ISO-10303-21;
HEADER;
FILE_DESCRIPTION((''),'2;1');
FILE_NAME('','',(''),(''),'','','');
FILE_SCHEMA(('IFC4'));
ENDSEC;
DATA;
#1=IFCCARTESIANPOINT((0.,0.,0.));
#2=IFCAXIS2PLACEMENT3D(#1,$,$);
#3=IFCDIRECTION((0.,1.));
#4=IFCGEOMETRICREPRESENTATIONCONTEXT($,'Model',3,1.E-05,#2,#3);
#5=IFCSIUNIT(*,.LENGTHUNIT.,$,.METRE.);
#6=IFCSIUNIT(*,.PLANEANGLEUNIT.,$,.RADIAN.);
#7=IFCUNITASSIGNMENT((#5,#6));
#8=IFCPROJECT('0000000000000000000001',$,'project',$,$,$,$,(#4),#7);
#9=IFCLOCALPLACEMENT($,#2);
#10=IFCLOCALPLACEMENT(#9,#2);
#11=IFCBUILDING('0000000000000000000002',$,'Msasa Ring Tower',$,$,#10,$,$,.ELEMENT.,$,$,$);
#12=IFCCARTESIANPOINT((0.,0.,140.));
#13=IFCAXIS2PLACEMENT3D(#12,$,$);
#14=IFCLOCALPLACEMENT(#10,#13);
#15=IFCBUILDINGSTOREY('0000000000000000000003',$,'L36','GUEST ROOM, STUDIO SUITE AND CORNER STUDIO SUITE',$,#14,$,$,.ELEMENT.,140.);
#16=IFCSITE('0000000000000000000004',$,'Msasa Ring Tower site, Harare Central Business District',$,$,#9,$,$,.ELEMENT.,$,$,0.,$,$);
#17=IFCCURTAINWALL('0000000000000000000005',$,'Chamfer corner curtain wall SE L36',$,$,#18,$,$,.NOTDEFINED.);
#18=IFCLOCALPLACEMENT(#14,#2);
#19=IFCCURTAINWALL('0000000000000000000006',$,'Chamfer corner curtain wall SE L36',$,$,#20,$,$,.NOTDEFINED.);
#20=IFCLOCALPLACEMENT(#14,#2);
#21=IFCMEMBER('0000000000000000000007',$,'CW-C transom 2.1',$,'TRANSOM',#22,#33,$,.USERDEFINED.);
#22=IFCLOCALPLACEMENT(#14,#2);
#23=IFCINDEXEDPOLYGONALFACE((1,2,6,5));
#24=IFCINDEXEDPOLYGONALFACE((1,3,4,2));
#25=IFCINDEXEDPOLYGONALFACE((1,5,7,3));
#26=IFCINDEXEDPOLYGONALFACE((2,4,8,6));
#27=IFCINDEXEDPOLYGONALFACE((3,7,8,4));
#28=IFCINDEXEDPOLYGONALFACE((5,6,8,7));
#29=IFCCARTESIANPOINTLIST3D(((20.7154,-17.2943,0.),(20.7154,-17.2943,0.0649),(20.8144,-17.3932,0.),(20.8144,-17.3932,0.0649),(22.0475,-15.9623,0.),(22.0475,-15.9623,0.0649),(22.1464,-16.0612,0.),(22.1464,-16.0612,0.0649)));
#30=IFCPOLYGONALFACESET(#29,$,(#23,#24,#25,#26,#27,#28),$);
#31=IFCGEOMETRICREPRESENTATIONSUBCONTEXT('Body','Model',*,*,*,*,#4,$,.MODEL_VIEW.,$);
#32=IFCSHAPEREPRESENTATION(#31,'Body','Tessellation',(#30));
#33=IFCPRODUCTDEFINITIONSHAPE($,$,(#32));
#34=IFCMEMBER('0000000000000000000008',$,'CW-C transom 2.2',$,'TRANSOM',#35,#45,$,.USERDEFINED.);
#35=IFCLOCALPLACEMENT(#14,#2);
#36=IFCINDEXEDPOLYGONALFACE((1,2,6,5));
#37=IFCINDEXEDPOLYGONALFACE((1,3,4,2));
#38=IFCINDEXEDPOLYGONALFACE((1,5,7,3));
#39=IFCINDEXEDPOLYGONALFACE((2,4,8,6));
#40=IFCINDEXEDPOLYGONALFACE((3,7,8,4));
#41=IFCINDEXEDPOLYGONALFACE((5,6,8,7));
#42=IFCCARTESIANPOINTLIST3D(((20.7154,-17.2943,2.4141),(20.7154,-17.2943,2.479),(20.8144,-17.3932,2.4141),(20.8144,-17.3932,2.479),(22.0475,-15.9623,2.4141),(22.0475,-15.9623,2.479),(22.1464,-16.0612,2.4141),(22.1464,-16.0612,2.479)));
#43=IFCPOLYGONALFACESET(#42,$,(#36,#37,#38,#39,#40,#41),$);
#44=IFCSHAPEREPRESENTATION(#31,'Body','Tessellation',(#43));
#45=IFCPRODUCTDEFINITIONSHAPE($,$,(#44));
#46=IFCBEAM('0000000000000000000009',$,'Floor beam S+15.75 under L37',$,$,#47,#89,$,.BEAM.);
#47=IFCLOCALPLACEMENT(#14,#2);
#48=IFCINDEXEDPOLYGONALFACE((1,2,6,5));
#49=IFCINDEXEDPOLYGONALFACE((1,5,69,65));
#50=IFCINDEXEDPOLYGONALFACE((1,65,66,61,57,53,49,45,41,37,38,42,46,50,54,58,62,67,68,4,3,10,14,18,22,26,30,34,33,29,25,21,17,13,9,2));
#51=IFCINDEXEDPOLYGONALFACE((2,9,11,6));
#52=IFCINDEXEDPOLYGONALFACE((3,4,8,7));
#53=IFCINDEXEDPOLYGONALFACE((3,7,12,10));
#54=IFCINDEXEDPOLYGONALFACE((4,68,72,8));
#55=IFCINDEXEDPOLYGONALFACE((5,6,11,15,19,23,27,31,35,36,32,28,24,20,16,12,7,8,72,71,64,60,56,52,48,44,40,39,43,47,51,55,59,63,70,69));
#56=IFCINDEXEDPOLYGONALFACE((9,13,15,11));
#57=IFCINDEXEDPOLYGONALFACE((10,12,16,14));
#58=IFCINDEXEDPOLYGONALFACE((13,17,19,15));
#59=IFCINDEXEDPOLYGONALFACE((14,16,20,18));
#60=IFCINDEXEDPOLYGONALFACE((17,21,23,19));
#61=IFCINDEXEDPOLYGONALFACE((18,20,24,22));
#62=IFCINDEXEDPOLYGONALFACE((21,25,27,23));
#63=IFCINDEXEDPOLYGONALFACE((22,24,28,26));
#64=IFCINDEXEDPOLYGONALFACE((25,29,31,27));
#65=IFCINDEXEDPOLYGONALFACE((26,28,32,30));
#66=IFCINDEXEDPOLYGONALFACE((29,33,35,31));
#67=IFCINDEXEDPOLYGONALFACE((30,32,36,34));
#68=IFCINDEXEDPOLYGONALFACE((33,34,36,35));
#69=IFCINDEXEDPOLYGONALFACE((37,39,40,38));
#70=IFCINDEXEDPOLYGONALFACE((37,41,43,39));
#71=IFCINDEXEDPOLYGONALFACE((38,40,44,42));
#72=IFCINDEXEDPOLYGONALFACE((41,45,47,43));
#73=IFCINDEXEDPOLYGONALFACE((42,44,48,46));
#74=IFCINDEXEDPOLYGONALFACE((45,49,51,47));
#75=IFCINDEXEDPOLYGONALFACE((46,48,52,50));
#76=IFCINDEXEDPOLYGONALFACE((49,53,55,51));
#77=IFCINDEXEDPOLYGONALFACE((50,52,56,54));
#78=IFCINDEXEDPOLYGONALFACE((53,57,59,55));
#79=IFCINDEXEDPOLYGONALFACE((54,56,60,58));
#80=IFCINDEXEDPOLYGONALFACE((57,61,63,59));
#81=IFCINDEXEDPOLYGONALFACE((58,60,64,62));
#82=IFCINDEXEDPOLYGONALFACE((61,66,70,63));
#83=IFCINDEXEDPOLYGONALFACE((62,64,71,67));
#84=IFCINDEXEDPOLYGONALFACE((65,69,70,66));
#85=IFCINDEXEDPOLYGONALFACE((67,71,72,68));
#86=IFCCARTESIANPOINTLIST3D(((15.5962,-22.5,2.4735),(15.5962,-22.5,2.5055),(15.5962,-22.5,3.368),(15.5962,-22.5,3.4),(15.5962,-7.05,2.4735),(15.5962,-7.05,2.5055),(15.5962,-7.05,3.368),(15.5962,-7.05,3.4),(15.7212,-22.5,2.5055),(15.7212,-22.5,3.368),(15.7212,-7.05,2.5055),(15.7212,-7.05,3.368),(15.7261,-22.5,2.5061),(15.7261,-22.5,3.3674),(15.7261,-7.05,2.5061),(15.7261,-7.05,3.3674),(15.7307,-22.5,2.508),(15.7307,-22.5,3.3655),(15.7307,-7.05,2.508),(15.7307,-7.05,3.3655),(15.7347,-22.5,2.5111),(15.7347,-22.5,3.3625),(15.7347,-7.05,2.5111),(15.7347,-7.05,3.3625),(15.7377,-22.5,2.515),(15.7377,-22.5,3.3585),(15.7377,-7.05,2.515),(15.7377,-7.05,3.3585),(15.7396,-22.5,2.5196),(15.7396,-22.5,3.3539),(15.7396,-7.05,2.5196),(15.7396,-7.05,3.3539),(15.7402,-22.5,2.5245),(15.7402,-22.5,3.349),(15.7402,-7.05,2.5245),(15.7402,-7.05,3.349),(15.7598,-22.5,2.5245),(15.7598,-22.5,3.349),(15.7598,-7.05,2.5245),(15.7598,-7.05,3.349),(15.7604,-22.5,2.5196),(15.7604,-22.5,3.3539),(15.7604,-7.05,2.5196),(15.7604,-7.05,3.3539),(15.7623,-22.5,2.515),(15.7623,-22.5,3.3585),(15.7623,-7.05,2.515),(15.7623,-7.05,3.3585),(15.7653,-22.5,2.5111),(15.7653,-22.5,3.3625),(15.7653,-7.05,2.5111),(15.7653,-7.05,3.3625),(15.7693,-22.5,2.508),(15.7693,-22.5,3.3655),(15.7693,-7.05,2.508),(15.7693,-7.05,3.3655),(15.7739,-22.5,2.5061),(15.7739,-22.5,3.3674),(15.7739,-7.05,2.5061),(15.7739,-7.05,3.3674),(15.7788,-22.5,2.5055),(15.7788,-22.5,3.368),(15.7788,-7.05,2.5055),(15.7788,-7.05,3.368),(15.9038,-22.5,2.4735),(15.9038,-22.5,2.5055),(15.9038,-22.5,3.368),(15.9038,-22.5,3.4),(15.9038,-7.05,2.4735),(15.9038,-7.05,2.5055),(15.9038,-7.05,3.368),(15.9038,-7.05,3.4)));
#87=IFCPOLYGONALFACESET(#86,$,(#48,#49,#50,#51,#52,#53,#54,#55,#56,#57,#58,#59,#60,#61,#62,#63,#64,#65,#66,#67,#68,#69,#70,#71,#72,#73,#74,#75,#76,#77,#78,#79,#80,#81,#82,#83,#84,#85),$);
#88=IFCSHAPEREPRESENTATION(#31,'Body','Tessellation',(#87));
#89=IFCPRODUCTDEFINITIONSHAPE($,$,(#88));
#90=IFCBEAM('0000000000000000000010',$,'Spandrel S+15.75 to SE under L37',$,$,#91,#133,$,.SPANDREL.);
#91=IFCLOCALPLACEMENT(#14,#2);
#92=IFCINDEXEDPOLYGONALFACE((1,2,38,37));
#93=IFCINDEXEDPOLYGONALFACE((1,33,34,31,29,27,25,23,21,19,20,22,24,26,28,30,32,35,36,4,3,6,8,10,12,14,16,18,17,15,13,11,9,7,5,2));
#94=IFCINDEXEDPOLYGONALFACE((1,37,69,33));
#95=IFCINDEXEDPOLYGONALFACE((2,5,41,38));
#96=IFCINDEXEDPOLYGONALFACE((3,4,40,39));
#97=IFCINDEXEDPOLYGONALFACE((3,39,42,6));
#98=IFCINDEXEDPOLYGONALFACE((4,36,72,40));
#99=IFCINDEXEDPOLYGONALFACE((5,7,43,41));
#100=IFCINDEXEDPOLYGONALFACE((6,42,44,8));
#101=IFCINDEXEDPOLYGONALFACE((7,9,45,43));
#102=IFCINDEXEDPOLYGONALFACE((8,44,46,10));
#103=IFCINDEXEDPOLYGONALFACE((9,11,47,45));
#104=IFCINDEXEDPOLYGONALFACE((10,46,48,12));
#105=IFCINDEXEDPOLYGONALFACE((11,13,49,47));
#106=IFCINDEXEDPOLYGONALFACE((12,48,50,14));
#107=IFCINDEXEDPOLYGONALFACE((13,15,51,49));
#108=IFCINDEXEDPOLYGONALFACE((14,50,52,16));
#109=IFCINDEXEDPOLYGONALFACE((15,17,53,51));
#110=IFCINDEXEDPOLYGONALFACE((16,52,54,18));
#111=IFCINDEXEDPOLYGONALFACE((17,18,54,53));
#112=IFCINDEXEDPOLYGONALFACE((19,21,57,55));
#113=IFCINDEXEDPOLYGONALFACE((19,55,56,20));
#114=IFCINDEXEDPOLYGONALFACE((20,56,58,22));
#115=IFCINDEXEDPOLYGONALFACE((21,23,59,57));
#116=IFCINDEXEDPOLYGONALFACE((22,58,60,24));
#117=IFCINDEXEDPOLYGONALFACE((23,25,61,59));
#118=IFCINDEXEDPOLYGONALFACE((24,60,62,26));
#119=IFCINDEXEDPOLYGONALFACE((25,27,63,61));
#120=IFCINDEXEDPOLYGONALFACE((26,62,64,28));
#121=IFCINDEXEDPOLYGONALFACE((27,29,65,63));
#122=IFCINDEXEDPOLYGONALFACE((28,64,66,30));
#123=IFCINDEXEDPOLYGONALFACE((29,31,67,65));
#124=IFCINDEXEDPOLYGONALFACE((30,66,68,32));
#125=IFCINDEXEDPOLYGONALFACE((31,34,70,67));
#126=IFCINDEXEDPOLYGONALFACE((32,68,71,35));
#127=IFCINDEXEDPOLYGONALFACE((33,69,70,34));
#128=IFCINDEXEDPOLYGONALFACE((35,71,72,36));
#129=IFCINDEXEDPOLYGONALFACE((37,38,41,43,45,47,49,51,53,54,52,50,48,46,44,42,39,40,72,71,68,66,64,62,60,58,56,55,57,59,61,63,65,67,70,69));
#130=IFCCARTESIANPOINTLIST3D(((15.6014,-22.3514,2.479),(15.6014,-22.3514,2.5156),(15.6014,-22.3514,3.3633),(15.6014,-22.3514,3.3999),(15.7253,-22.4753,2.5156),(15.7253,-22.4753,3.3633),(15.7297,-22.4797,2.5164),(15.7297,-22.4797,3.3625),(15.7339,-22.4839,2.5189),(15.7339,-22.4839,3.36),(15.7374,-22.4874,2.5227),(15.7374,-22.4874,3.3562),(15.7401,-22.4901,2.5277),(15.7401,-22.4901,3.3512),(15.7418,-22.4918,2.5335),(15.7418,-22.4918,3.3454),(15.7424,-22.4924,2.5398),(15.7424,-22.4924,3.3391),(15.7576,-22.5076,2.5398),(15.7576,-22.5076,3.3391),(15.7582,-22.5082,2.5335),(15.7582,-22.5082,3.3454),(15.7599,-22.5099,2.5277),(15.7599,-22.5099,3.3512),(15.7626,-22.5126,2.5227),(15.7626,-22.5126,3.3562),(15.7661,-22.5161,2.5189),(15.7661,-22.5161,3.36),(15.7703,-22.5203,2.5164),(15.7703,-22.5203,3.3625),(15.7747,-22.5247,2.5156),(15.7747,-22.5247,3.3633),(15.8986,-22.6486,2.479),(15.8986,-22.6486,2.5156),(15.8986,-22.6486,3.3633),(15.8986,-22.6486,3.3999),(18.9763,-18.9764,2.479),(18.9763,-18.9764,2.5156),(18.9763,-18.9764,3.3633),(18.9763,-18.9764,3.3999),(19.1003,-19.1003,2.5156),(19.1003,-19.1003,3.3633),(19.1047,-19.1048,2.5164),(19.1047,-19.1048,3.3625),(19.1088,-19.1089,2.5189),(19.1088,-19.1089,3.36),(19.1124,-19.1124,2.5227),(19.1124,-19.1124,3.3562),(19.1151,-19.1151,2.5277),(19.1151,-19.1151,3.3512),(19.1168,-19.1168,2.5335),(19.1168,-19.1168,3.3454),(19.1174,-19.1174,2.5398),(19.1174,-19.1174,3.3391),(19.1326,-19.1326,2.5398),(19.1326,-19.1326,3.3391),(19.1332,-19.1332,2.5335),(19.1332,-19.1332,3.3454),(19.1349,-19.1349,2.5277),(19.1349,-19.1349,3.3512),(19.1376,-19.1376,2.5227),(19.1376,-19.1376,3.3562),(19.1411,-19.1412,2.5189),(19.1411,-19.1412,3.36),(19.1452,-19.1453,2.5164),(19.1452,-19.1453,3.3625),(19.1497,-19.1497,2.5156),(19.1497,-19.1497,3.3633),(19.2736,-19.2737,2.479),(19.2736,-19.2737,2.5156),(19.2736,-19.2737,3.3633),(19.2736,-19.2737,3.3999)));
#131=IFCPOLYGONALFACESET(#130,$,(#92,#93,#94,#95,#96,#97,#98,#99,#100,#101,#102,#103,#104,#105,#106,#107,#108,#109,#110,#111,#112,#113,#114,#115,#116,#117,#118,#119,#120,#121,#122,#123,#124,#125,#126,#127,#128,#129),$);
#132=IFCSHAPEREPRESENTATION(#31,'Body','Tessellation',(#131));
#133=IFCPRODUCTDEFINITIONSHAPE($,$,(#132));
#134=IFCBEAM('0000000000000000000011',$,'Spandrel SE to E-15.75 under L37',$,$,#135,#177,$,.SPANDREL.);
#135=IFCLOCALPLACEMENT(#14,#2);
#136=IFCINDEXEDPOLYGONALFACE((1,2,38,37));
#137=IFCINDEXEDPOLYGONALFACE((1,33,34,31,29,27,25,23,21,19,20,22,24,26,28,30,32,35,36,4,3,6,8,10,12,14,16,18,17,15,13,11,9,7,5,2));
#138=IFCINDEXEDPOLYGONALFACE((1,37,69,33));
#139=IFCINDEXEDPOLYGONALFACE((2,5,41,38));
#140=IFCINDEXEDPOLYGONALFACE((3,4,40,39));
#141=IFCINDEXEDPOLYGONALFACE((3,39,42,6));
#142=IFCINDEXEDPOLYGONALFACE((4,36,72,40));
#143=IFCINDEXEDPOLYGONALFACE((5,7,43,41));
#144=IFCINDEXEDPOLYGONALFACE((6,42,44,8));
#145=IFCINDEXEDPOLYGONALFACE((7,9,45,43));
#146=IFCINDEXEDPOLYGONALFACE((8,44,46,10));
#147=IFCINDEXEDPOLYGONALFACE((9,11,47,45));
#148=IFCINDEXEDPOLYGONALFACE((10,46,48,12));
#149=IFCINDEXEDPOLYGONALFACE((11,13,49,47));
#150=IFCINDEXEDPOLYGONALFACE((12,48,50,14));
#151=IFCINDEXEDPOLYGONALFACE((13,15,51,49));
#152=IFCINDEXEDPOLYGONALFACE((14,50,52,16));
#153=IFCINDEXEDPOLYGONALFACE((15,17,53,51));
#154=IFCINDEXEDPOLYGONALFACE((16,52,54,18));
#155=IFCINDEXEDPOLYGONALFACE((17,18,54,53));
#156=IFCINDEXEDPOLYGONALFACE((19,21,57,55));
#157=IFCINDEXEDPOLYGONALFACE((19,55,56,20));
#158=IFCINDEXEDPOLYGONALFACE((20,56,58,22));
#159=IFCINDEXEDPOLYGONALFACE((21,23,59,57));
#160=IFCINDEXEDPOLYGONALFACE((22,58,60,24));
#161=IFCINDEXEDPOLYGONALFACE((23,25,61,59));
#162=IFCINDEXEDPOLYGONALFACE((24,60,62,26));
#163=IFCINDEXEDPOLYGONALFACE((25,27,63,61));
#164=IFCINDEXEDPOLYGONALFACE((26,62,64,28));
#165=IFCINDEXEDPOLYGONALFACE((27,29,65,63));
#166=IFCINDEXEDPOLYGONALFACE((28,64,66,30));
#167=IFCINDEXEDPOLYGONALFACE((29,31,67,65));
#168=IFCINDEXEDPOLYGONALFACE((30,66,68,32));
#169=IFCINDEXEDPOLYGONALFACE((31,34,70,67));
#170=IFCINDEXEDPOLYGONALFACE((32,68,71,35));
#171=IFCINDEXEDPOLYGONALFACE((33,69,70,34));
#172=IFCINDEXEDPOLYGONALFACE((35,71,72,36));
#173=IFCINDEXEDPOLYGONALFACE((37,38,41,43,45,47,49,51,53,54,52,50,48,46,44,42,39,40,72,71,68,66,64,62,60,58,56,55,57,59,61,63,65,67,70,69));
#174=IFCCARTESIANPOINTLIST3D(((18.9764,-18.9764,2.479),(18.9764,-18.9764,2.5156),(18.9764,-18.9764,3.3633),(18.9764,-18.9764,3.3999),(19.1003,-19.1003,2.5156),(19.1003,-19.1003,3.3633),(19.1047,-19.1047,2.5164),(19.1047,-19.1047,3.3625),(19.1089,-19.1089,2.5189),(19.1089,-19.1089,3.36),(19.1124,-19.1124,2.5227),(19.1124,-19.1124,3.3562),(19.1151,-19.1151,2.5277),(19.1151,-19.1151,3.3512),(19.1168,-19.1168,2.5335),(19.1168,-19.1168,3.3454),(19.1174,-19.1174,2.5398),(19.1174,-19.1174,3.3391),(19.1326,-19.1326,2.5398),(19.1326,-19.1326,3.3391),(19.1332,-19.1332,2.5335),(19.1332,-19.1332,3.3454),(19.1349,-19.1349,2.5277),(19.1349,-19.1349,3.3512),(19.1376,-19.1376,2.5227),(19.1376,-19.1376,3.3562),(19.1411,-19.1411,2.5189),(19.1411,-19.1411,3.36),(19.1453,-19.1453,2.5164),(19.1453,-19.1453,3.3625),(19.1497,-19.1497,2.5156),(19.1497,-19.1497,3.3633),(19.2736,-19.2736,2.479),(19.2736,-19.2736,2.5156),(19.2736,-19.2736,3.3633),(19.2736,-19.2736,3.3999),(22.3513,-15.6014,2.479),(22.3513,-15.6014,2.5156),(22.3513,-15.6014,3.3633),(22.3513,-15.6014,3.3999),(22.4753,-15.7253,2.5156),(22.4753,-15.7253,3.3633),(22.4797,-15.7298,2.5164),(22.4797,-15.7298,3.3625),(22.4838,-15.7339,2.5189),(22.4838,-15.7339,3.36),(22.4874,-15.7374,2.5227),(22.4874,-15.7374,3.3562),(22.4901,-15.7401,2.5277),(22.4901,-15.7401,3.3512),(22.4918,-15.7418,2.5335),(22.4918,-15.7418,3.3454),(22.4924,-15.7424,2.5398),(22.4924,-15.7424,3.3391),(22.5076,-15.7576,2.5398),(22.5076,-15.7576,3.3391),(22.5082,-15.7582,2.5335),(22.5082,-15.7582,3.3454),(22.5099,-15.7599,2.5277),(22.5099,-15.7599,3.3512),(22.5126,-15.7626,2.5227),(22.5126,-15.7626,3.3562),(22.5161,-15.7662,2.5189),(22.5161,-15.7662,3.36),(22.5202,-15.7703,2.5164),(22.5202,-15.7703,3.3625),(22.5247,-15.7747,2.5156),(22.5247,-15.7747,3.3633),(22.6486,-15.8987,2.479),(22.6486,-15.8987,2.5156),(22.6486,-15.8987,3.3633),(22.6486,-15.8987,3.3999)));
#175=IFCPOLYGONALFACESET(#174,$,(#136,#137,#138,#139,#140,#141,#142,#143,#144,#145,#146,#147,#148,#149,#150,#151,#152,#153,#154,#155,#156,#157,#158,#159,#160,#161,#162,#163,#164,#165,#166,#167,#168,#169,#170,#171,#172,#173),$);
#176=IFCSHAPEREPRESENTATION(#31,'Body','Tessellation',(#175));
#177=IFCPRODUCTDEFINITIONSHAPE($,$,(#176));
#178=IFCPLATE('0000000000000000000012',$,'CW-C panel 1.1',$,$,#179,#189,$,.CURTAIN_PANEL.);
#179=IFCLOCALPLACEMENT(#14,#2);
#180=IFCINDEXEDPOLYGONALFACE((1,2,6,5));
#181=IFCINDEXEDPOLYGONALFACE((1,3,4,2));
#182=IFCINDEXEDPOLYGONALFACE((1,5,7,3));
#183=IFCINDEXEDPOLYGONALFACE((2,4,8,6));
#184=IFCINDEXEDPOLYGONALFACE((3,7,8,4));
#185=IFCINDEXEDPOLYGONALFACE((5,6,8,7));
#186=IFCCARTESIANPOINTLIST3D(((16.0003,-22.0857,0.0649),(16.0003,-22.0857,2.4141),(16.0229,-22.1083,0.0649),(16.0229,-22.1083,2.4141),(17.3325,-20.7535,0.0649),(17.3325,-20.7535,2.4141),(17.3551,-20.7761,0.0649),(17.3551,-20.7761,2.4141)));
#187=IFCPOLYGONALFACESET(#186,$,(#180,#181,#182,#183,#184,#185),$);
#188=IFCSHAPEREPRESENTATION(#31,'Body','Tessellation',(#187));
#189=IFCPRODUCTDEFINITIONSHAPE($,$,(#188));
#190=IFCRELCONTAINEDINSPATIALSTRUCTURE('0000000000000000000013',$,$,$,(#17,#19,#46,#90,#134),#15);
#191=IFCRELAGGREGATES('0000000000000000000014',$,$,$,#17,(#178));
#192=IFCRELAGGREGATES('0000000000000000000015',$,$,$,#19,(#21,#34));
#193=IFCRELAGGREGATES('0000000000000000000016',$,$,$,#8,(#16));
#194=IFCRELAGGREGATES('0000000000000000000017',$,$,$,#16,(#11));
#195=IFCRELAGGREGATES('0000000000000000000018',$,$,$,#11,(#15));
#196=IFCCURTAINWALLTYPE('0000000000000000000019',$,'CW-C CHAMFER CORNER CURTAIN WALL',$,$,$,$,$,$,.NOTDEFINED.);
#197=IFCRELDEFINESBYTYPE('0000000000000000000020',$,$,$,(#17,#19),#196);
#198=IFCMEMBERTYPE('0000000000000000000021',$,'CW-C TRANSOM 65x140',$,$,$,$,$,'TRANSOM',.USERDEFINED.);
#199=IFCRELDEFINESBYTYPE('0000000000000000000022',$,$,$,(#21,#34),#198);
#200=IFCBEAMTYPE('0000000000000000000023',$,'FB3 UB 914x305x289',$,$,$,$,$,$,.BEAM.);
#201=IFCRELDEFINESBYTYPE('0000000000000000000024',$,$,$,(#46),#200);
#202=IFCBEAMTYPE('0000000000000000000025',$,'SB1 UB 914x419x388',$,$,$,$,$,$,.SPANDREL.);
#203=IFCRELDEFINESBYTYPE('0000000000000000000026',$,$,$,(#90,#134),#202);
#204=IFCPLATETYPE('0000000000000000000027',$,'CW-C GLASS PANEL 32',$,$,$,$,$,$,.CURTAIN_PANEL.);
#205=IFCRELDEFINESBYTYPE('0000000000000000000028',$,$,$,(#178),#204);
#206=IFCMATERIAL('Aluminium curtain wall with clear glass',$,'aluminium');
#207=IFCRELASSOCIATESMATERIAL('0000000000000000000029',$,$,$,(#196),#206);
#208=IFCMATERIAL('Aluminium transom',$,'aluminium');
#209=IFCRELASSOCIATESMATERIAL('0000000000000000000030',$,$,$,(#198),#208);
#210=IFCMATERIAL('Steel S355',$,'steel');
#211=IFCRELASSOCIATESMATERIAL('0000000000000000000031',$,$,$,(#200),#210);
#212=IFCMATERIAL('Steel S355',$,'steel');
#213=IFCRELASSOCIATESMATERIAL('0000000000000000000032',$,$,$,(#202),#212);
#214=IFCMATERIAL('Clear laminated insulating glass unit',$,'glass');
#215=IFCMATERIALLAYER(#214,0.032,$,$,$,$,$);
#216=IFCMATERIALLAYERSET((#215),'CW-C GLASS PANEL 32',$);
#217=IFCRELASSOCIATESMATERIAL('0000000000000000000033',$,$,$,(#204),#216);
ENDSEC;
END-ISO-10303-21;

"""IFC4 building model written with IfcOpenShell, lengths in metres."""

from ifc_helpers import new_model, si_unit, direction, frame, origin, origin_2d, place, context, subcontext, project, spatial, rectangle, i_section, extrude, material, layer, layer_set, material_profile, profile_set, type_object, element, aggregate, save


model = new_model("IFC4")

# Units and contexts
model_context = context("Model", 3, precision=1e-05, world=origin(), true_north=direction((0.0, 1.0)))
body_context = subcontext(model_context, "Body", "Model", "MODEL_VIEW")
ifc_project = project(units=[si_unit("LENGTHUNIT", "METRE"), si_unit("PLANEANGLEUNIT", "RADIAN")], contexts=[model_context])

# Site, building, storey
site_placement = place(None, origin())
site = spatial("IfcSite", under=ifc_project, at=site_placement, Name="Msasa Ring Tower site, Harare Central Business District", CompositionType="ELEMENT", RefElevation=0.0)
building_placement = place(site_placement, origin())
building = spatial("IfcBuilding", under=site, at=building_placement, Name="Msasa Ring Tower", CompositionType="ELEMENT")
storey_placement = place(building_placement, frame((0.0, 0.0, 140.0)))
storey = spatial("IfcBuildingStorey", under=building, at=storey_placement, Name="L36", Description="GUEST ROOM, STUDIO SUITE AND CORNER STUDIO SUITE", CompositionType="ELEMENT", Elevation=140.0)

# Curtain walls
ifc_material_1 = material(Name="Aluminium curtain wall with clear glass", Category="aluminium")
curtain_wall_type = type_object("IfcCurtainWallType", Name="CW-C CHAMFER CORNER CURTAIN WALL", PredefinedType="NOTDEFINED", material=ifc_material_1)
curtain_wall_1_placement = place(storey_placement, origin())
curtain_wall_1 = element("IfcCurtainWall", 1, at=curtain_wall_1_placement, inside=storey, type_object=curtain_wall_type, Name="Chamfer corner curtain wall SE L36", PredefinedType="NOTDEFINED")
curtain_wall_2_placement = place(storey_placement, origin())
curtain_wall_2 = element("IfcCurtainWall", 2, at=curtain_wall_2_placement, inside=storey, type_object=curtain_wall_type, Name="Chamfer corner curtain wall SE L36", PredefinedType="NOTDEFINED")

# Members
ifc_material_2 = material(Name="Aluminium transom", Category="aluminium")
ifc_material_profile_1 = material_profile(ifc_material_2, rectangle(XDim=0.1399, YDim=0.0649, at=origin_2d()), Name="AL 65x140")
ifc_profile_set_1 = profile_set([ifc_material_profile_1], Name="Aluminium transom")
member_type_1 = type_object("IfcMemberType", Name="CW-C TRANSOM 65x140", ElementType="TRANSOM", PredefinedType="USERDEFINED", material=ifc_profile_set_1)
member_1_placement = place(storey_placement, frame((20.7649, -17.3438, 0.0325), z_axis=(0.707107, 0.707107, 0.0), x_axis=(-0.707107, 0.707107, 0.0)))
member_1 = element("IfcMember", 3, at=member_1_placement, type_object=member_type_1, Name="CW-C transom 2.1", ObjectType="TRANSOM", PredefinedType="USERDEFINED", context=body_context, shape_type="SweptSolid", body=[
    extrude(rectangle(XDim=0.1399, YDim=0.0649, at=origin_2d()), origin(), (0.0, 0.0, 1.0), 1.8838),
])
member_2_placement = place(storey_placement, frame((20.7649, -17.3438, 2.4465), z_axis=(0.707107, 0.707107, 0.0), x_axis=(-0.707107, 0.707107, 0.0)))
member_2 = element("IfcMember", 4, at=member_2_placement, type_object=member_type_1, Name="CW-C transom 2.2", ObjectType="TRANSOM", PredefinedType="USERDEFINED", context=body_context, shape_type="SweptSolid", body=[
    extrude(rectangle(XDim=0.1399, YDim=0.0649, at=origin_2d()), origin(), (0.0, 0.0, 1.0), 1.8838),
])

# Beams
ifc_material_3 = material(Name="Steel S355", Category="steel")
ifc_material_profile_2 = material_profile(ifc_material_3, i_section(OverallWidth=0.3076, OverallDepth=0.9265, WebThickness=0.0195, FlangeThickness=0.032, FilletRadius=0.019, at=origin_2d()), Name="UB 914x305x289")
ifc_profile_set_2 = profile_set([ifc_material_profile_2], Name="Steel S355")
beam_type_1 = type_object("IfcBeamType", Name="FB3 UB 914x305x289", PredefinedType="BEAM", material=ifc_profile_set_2)
beam_placement = place(storey_placement, frame((15.75, -22.5, 2.9368), z_axis=(0.0, 1.0, 0.0), x_axis=(-1.0, 0.0, 0.0)))
element("IfcBeam", 5, at=beam_placement, inside=storey, type_object=beam_type_1, Name="Floor beam S+15.75 under L37", PredefinedType="BEAM", context=body_context, shape_type="SweptSolid", body=[
    extrude(i_section(OverallWidth=0.3076, OverallDepth=0.9265, WebThickness=0.0195, FlangeThickness=0.032, FilletRadius=0.019, at=origin_2d()), origin(), (0.0, 0.0, 1.0), 15.45),
])
ifc_material_4 = material(Name="Steel S355", Category="steel")
ifc_material_profile_3 = material_profile(ifc_material_4, i_section(OverallWidth=0.4204, OverallDepth=0.9209, WebThickness=0.0215, FlangeThickness=0.0366, FilletRadius=0.0242, at=origin_2d()), Name="UB 914x419x388")
ifc_profile_set_3 = profile_set([ifc_material_profile_3], Name="Steel S355")
beam_type_2 = type_object("IfcBeamType", Name="SB1 UB 914x419x388", PredefinedType="SPANDREL", material=ifc_profile_set_3)
for number, where, z_axis, x_axis, name in (
    (6, (15.75, -22.5, 2.9395), (0.707107, 0.707107, 0.0), (-0.707107, 0.707107, 0.0), "Spandrel S+15.75 to SE under L37"),
    (7, (19.125, -19.125, 2.9395), (0.707107, 0.707107, 0.0), (-0.707107, 0.707107, 0.0), "Spandrel SE to E-15.75 under L37"),
):
    element("IfcBeam", number, at=place(storey_placement, frame(where, z_axis=z_axis, x_axis=x_axis)), inside=storey, type_object=beam_type_2, Name=name, PredefinedType="SPANDREL", context=body_context, shape_type="SweptSolid", body=[
        extrude(i_section(OverallWidth=0.4204, OverallDepth=0.9209, WebThickness=0.0215, FlangeThickness=0.0366, FilletRadius=0.0242, at=origin_2d()), origin(), (0.0, 0.0, 1.0), 4.7729),
    ])

# Plate
ifc_material_5 = material(Name="Clear laminated insulating glass unit", Category="glass")
ifc_layer_1 = layer(ifc_material_5, 0.032)
ifc_layer_set_1 = layer_set([ifc_layer_1], Name="CW-C GLASS PANEL 32")
plate_type = type_object("IfcPlateType", Name="CW-C GLASS PANEL 32", PredefinedType="CURTAIN_PANEL", material=ifc_layer_set_1)
plate_1_placement = place(storey_placement, frame((16.6777, -21.4309, 0.0649), z_axis=(0.0, 0.0, 1.0), x_axis=(0.707107, 0.707107, 0.0)))
plate_1 = element("IfcPlate", 8, at=plate_1_placement, type_object=plate_type, Name="CW-C panel 1.1", PredefinedType="CURTAIN_PANEL", context=body_context, shape_type="SweptSolid", body=[
    extrude(rectangle(XDim=1.884, YDim=0.032, at=origin_2d()), origin(), (0.0, 0.0, 1.0), 2.3491),
])
aggregate(curtain_wall_1, [plate_1])
aggregate(curtain_wall_2, [member_1, member_2])

save(model, "model.ifc")
